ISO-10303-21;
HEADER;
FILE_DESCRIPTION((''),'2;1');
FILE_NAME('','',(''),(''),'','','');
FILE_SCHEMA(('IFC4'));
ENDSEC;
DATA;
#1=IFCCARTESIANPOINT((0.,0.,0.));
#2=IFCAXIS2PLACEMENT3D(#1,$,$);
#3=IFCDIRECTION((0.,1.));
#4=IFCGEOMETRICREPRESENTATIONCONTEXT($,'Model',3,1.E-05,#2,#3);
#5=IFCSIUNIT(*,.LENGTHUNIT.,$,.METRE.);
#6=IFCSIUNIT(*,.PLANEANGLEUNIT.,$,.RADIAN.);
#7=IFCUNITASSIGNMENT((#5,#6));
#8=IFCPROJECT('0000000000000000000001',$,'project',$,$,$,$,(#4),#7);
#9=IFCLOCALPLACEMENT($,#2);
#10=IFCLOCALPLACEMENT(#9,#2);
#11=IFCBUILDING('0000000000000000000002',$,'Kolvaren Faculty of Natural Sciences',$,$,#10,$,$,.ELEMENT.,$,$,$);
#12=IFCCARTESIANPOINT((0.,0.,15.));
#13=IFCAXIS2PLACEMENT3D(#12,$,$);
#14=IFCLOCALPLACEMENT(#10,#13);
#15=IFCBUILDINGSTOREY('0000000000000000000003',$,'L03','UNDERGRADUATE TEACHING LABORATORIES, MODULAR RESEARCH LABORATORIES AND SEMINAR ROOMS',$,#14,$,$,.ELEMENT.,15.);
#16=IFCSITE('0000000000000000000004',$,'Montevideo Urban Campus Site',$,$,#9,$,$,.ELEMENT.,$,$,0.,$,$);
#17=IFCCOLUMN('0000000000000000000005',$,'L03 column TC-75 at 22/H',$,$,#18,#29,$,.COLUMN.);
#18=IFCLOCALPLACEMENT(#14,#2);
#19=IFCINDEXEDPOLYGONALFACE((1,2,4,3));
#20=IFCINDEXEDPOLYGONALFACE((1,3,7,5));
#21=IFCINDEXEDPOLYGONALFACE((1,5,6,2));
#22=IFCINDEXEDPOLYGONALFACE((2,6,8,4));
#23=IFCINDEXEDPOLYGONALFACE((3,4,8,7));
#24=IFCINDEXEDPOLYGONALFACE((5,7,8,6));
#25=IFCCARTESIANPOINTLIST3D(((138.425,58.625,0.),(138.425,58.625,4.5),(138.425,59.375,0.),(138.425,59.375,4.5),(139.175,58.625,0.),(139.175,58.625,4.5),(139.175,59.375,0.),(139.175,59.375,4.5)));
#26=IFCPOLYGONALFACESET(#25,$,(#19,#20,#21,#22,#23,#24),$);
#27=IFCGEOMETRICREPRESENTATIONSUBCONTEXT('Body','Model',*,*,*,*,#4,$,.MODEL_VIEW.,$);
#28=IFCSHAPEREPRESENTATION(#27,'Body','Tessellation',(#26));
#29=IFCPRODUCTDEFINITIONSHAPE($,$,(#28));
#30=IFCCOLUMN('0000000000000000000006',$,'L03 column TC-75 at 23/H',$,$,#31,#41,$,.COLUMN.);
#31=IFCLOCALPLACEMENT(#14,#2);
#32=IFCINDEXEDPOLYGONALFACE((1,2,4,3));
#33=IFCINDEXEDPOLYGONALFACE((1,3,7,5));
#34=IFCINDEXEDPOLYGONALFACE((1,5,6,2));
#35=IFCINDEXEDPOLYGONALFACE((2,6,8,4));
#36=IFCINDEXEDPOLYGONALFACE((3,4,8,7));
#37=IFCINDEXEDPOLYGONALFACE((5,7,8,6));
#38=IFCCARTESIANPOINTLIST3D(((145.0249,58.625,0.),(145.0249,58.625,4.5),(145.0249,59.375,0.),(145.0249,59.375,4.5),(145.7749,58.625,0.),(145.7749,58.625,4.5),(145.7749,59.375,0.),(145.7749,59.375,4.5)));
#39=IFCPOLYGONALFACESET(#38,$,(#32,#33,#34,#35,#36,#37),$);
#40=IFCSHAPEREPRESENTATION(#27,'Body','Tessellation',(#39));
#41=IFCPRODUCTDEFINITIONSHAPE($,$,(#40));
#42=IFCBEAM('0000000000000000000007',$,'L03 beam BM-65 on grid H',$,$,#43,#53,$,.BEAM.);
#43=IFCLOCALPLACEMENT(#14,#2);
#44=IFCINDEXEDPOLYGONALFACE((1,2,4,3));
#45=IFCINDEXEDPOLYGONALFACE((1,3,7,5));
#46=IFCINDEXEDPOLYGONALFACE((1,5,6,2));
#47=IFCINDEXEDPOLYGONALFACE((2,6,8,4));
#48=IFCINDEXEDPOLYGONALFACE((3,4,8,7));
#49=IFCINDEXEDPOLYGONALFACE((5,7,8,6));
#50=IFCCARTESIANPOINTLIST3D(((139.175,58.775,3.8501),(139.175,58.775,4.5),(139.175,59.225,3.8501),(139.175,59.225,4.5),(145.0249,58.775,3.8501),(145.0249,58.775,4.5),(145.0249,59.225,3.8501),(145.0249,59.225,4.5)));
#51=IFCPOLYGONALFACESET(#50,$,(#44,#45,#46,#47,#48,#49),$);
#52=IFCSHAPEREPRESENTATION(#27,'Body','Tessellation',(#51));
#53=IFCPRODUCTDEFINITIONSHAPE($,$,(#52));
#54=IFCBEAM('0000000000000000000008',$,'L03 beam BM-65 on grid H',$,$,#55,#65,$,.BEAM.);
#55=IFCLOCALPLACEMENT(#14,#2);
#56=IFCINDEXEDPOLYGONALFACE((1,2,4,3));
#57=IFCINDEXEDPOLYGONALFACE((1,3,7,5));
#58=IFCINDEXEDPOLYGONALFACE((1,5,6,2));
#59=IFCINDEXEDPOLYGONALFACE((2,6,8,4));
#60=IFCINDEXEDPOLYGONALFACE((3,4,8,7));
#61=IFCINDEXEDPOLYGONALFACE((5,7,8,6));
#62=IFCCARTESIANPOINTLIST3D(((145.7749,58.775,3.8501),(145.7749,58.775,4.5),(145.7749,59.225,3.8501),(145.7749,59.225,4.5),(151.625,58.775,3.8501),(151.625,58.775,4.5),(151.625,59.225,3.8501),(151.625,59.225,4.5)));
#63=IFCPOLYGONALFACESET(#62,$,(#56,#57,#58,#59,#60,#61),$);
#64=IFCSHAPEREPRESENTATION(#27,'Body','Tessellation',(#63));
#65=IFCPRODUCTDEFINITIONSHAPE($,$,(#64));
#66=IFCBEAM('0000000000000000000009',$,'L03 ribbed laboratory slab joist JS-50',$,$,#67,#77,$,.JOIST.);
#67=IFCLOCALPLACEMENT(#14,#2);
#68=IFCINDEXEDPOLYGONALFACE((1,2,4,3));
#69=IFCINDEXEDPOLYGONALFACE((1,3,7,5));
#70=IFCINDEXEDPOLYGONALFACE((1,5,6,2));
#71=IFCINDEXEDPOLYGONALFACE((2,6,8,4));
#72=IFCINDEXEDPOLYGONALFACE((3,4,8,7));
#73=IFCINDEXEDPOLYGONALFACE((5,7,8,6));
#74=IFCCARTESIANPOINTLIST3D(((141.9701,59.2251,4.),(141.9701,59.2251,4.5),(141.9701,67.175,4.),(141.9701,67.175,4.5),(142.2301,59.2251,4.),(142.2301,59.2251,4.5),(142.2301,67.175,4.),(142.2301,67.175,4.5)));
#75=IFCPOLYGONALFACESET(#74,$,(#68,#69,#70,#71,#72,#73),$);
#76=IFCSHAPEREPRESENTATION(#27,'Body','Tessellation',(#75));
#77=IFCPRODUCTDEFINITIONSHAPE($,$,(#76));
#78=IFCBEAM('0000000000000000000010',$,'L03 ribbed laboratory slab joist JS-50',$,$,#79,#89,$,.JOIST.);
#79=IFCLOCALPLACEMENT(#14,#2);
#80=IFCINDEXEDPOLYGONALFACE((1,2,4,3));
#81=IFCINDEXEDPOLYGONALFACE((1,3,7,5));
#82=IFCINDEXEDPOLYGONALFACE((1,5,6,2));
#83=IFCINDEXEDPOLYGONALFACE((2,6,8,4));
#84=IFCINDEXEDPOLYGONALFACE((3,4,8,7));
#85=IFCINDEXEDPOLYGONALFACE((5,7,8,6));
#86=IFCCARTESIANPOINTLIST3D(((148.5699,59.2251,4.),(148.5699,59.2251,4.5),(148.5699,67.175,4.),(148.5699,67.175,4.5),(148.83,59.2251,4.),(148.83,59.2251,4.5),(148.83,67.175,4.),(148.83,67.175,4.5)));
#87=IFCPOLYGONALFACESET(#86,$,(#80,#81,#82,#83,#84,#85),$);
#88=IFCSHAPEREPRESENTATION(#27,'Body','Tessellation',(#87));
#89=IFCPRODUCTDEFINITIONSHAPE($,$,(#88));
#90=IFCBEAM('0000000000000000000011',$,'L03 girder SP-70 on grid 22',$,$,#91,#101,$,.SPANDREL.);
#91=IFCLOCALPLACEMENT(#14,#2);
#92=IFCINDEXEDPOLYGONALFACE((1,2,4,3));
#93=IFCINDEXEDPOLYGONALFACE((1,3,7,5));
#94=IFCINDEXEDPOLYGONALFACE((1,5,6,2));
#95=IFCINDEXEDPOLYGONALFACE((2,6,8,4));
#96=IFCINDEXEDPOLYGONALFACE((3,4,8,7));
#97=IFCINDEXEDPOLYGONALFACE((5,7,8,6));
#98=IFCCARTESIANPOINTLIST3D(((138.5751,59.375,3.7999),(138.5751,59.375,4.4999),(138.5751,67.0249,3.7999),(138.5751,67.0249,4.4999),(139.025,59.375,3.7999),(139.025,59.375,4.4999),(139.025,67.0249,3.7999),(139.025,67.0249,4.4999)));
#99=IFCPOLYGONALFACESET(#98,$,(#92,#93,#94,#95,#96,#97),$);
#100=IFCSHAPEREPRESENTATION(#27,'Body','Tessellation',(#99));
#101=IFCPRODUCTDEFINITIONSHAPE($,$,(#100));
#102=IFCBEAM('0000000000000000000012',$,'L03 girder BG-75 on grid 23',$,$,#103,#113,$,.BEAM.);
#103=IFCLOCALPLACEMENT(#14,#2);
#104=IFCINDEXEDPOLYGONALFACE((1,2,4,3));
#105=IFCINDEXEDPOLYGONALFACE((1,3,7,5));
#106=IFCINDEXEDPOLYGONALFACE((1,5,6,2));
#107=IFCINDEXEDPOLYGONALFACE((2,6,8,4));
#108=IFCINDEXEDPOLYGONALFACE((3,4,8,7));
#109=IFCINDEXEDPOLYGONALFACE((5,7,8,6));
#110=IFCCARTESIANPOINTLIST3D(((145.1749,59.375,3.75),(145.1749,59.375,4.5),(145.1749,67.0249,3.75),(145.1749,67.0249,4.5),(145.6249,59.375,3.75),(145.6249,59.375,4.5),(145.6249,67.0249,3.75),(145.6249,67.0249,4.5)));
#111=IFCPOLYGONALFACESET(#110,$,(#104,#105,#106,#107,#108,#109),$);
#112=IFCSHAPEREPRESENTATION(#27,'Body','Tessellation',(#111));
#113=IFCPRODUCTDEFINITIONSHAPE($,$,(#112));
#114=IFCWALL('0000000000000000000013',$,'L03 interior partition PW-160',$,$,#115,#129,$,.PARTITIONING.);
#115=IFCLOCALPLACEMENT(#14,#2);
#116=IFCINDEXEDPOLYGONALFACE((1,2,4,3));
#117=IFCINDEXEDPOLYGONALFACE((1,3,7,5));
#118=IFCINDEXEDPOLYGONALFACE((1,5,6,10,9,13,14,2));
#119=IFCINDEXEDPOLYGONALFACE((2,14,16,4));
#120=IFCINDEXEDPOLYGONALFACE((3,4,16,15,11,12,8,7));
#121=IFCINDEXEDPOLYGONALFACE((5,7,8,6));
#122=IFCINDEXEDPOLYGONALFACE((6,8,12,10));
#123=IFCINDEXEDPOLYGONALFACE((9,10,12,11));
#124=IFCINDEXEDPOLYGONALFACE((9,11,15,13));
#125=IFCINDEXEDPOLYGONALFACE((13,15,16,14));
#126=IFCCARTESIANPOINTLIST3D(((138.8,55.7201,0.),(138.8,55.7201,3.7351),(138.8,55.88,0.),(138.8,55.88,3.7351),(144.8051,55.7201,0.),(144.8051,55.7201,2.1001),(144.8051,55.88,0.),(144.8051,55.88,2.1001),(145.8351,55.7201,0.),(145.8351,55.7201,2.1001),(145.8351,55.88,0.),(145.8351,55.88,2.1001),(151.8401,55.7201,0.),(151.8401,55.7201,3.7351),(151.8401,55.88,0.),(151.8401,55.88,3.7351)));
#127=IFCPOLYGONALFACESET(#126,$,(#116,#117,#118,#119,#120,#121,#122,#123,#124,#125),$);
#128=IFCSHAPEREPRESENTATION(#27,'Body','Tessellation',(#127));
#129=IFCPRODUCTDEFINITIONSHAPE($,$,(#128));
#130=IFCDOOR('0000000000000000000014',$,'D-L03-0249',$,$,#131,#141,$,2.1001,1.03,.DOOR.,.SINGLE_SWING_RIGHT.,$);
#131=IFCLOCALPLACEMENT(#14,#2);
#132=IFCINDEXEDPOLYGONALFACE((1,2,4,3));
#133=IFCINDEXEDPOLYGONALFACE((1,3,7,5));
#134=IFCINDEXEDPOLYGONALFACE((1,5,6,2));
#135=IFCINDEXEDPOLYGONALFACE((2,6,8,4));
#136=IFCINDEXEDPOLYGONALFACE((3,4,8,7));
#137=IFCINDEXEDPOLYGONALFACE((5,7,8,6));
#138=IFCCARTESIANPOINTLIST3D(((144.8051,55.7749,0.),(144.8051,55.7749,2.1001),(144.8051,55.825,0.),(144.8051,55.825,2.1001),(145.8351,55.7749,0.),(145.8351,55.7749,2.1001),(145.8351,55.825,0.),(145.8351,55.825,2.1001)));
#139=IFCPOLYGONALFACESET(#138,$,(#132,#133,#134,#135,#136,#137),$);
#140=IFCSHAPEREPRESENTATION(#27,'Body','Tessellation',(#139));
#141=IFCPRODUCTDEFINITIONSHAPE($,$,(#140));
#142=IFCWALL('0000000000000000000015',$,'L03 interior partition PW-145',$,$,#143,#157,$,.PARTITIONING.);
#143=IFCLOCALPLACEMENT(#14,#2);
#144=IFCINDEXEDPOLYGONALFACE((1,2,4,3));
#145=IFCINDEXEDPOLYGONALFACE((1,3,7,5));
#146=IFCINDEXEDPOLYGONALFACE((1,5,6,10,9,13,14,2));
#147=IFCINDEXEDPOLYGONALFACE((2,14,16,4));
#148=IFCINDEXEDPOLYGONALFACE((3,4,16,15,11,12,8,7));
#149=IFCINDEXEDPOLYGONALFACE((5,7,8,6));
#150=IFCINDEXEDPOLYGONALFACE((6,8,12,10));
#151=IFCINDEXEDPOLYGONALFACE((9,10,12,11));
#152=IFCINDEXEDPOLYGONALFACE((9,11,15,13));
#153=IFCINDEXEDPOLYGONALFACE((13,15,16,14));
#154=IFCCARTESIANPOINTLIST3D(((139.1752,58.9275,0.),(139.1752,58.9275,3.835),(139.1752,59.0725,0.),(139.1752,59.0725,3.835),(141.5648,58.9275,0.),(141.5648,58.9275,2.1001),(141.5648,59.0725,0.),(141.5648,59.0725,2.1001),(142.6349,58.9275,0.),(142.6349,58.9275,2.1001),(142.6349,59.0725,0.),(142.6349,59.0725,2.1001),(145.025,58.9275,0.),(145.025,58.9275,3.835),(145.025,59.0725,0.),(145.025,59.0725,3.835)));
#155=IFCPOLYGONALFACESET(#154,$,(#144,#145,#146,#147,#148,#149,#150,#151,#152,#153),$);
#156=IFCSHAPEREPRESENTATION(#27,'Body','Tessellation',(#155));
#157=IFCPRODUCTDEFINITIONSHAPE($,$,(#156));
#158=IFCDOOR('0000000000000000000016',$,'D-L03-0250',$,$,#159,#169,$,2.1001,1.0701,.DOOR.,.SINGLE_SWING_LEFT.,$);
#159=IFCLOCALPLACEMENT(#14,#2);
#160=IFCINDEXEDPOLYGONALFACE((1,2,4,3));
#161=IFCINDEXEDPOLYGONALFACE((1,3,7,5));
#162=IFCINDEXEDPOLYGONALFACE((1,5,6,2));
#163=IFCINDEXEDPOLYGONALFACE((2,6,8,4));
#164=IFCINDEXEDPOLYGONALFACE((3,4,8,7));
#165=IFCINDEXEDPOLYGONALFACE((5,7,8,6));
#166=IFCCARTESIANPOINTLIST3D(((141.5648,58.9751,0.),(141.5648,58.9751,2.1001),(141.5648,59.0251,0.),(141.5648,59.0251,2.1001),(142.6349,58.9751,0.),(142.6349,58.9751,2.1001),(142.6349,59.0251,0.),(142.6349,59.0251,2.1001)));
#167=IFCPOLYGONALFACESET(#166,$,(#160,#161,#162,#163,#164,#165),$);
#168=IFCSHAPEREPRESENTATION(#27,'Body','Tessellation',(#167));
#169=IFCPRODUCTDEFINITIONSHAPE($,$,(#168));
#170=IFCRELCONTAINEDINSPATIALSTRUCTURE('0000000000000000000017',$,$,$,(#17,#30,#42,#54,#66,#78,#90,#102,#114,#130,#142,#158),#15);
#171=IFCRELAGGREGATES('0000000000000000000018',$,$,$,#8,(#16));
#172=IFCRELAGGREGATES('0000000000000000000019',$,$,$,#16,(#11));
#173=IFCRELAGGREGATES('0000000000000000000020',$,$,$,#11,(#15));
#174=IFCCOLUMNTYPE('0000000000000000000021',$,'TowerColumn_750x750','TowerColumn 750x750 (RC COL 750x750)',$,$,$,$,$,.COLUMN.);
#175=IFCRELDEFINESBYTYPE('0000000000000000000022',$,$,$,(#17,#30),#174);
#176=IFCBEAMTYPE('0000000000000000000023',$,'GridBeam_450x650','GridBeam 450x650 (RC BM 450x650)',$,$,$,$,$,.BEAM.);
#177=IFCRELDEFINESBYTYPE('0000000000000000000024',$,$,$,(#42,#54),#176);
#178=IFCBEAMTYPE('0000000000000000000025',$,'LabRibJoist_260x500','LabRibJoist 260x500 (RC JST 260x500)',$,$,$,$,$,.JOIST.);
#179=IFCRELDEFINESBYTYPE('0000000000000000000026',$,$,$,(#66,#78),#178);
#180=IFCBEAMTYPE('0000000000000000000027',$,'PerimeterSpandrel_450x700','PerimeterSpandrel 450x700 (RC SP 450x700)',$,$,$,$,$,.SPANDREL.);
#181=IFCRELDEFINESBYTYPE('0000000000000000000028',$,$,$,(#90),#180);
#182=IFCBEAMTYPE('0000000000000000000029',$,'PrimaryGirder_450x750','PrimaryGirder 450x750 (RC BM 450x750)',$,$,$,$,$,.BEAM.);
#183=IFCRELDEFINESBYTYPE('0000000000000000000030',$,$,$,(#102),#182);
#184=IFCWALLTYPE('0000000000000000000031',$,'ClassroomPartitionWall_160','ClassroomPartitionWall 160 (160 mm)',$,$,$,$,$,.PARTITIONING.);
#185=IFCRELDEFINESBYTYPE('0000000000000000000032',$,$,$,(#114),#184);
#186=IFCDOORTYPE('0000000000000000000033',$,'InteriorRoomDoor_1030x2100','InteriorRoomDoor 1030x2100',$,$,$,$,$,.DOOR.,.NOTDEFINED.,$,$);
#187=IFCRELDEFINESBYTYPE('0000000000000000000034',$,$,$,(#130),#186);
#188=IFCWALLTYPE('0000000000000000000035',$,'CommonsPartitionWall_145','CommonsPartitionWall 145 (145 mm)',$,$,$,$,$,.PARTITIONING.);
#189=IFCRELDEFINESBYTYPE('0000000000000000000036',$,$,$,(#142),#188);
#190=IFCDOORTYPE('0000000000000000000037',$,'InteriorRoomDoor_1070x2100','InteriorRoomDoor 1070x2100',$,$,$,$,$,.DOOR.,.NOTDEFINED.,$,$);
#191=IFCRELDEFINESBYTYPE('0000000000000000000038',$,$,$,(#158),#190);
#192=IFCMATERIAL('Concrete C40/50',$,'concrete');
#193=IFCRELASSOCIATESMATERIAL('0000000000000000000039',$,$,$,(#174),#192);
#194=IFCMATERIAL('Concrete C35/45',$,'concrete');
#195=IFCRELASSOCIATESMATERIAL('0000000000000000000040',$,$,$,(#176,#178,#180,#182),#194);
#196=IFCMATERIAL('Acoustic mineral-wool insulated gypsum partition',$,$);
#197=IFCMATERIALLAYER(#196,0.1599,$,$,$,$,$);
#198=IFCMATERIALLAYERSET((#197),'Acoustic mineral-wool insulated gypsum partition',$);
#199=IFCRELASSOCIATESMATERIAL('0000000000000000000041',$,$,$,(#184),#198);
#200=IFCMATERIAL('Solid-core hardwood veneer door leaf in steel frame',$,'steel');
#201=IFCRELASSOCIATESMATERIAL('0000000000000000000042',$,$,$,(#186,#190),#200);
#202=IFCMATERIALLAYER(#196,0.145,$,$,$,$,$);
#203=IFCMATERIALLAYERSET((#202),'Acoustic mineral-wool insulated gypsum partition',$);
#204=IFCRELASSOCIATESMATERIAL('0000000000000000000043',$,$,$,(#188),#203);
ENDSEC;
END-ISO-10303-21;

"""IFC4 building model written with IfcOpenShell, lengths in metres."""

from ifc_helpers import new_model, si_unit, direction, frame, frame_2d, origin, origin_2d, place, context, subcontext, project, spatial, rectangle, extrude, material, layer, layer_set, material_profile, profile_set, type_object, element, fill, save


model = new_model("IFC4")

# Units and contexts
model_context = context("Model", 3, precision=1e-05, world=origin(), true_north=direction((0.0, 1.0)))
body_context = subcontext(model_context, "Body", "Model", "MODEL_VIEW")
ifc_project = project(units=[si_unit("LENGTHUNIT", "METRE"), si_unit("PLANEANGLEUNIT", "RADIAN")], contexts=[model_context])

# Site, building, storey
site_placement = place(None, origin())
site = spatial("IfcSite", under=ifc_project, at=site_placement, Name="Montevideo Urban Campus Site", CompositionType="ELEMENT", RefElevation=0.0)
building_placement = place(site_placement, origin())
building = spatial("IfcBuilding", under=site, at=building_placement, Name="Kolvaren Faculty of Natural Sciences", CompositionType="ELEMENT")
storey_placement = place(building_placement, frame((0.0, 0.0, 15.0)))
storey = spatial("IfcBuildingStorey", under=building, at=storey_placement, Name="L03", Description="UNDERGRADUATE TEACHING LABORATORIES, MODULAR RESEARCH LABORATORIES AND SEMINAR ROOMS", CompositionType="ELEMENT", Elevation=15.0)

# Columns
ifc_material_1 = material(Name="Concrete C40/50", Category="concrete")
ifc_material_profile_1 = material_profile(ifc_material_1, rectangle(XDim=0.75, YDim=0.75, at=origin_2d()), Name="RC COL 750x750")
ifc_profile_set_1 = profile_set([ifc_material_profile_1], Name="Concrete C40/50")
column_type = type_object("IfcColumnType", Name="TowerColumn_750x750", Description="TowerColumn 750x750 (RC COL 750x750)", PredefinedType="COLUMN", material=ifc_profile_set_1)
for number, where, z_axis, x_axis, name in (
    (1, (138.8, 59.0, 0.0), (0.0, 0.0, 1.0), (1.0, 0.0, 0.0), "L03 column TC-75 at 22/H"),
    (2, (145.3999, 59.0, 0.0), (0.0, 0.0, 1.0), (1.0, 0.0, 0.0), "L03 column TC-75 at 23/H"),
):
    element("IfcColumn", number, at=place(storey_placement, frame(where, z_axis=z_axis, x_axis=x_axis)), inside=storey, type_object=column_type, Name=name, PredefinedType="COLUMN", context=body_context, shape_type="SweptSolid", body=[
        extrude(rectangle(XDim=0.75, YDim=0.75, at=origin_2d()), origin(), (0.0, 0.0, 1.0), 4.5),
    ])

# Beams
ifc_material_2 = material(Name="Concrete C35/45", Category="concrete")
ifc_material_profile_2 = material_profile(ifc_material_2, rectangle(XDim=0.45, YDim=0.6499, at=origin_2d()), Name="RC BM 450x650")
ifc_profile_set_2 = profile_set([ifc_material_profile_2], Name="Concrete C35/45")
beam_type_1 = type_object("IfcBeamType", Name="GridBeam_450x650", Description="GridBeam 450x650 (RC BM 450x650)", PredefinedType="BEAM", material=ifc_profile_set_2)
beam_1_placement = place(storey_placement, frame((139.175, 59.0, 4.175), z_axis=(1.0, 0.0, 0.0), x_axis=(0.0, 1.0, 0.0)))
element("IfcBeam", 3, at=beam_1_placement, inside=storey, type_object=beam_type_1, Name="L03 beam BM-65 on grid H", PredefinedType="BEAM", context=body_context, shape_type="SweptSolid", body=[
    extrude(rectangle(XDim=0.45, YDim=0.6499, at=origin_2d()), origin(), (0.0, 0.0, 1.0), 5.8499),
])
beam_2_placement = place(storey_placement, frame((145.7749, 59.0, 4.175), z_axis=(1.0, 0.0, 0.0), x_axis=(0.0, 1.0, 0.0)))
element("IfcBeam", 4, at=beam_2_placement, inside=storey, type_object=beam_type_1, Name="L03 beam BM-65 on grid H", PredefinedType="BEAM", context=body_context, shape_type="SweptSolid", body=[
    extrude(rectangle(XDim=0.45, YDim=0.6499, at=origin_2d()), origin(), (0.0, 0.0, 1.0), 5.8501),
])
ifc_material_profile_3 = material_profile(ifc_material_2, rectangle(XDim=0.26, YDim=0.5, at=origin_2d()), Name="RC JST 260x500")
ifc_profile_set_3 = profile_set([ifc_material_profile_3], Name="Concrete C35/45")
beam_type_2 = type_object("IfcBeamType", Name="LabRibJoist_260x500", Description="LabRibJoist 260x500 (RC JST 260x500)", PredefinedType="JOIST", material=ifc_profile_set_3)
for number, where, z_axis, x_axis, name in (
    (5, (142.1001, 59.2251, 4.25), (0.0, 1.0, 0.0), (-1.0, 0.0, 0.0), "L03 ribbed laboratory slab joist JS-50"),
    (6, (148.7, 59.2251, 4.25), (0.0, 1.0, 0.0), (-1.0, 0.0, 0.0), "L03 ribbed laboratory slab joist JS-50"),
):
    element("IfcBeam", number, at=place(storey_placement, frame(where, z_axis=z_axis, x_axis=x_axis)), inside=storey, type_object=beam_type_2, Name=name, PredefinedType="JOIST", context=body_context, shape_type="SweptSolid", body=[
        extrude(rectangle(XDim=0.26, YDim=0.5, at=origin_2d()), origin(), (0.0, 0.0, 1.0), 7.95),
    ])
ifc_material_profile_4 = material_profile(ifc_material_2, rectangle(XDim=0.45, YDim=0.7, at=origin_2d()), Name="RC SP 450x700")
ifc_profile_set_4 = profile_set([ifc_material_profile_4], Name="Concrete C35/45")
beam_type_3 = type_object("IfcBeamType", Name="PerimeterSpandrel_450x700", Description="PerimeterSpandrel 450x700 (RC SP 450x700)", PredefinedType="SPANDREL", material=ifc_profile_set_4)
beam_3_placement = place(storey_placement, frame((138.8, 59.375, 4.1499), z_axis=(0.0, 1.0, 0.0), x_axis=(-1.0, 0.0, 0.0)))
element("IfcBeam", 7, at=beam_3_placement, inside=storey, type_object=beam_type_3, Name="L03 girder SP-70 on grid 22", PredefinedType="SPANDREL", context=body_context, shape_type="SweptSolid", body=[
    extrude(rectangle(XDim=0.45, YDim=0.7, at=origin_2d()), origin(), (0.0, 0.0, 1.0), 7.6499),
])
ifc_material_profile_5 = material_profile(ifc_material_2, rectangle(XDim=0.45, YDim=0.75, at=origin_2d()), Name="RC BM 450x750")
ifc_profile_set_5 = profile_set([ifc_material_profile_5], Name="Concrete C35/45")
beam_type_4 = type_object("IfcBeamType", Name="PrimaryGirder_450x750", Description="PrimaryGirder 450x750 (RC BM 450x750)", PredefinedType="BEAM", material=ifc_profile_set_5)
beam_4_placement = place(storey_placement, frame((145.3999, 59.375, 4.125), z_axis=(0.0, 1.0, 0.0), x_axis=(-1.0, 0.0, 0.0)))
element("IfcBeam", 8, at=beam_4_placement, inside=storey, type_object=beam_type_4, Name="L03 girder BG-75 on grid 23", PredefinedType="BEAM", context=body_context, shape_type="SweptSolid", body=[
    extrude(rectangle(XDim=0.45, YDim=0.75, at=origin_2d()), origin(), (0.0, 0.0, 1.0), 7.6499),
])

# Walls, openings, doors
ifc_material_3 = material(Name="Acoustic mineral-wool insulated gypsum partition")
ifc_layer_1 = layer(ifc_material_3, 0.1599)
ifc_layer_set_1 = layer_set([ifc_layer_1], Name="Acoustic mineral-wool insulated gypsum partition")
wall_type_1 = type_object("IfcWallType", Name="ClassroomPartitionWall_160", Description="ClassroomPartitionWall 160 (160 mm)", PredefinedType="PARTITIONING", material=ifc_layer_set_1)
wall_1_placement = place(storey_placement, frame((138.8, 55.8, 0.0), z_axis=(0.0, 0.0, 1.0), x_axis=(1.0, 0.0, 0.0)))
wall_1 = element("IfcWall", 9, at=wall_1_placement, inside=storey, type_object=wall_type_1, Name="L03 interior partition PW-160", PredefinedType="PARTITIONING", context=body_context, shape_type="SweptSolid", body=[
    extrude(rectangle(XDim=13.04, YDim=0.1599, at=frame_2d((6.52, 0.0))), origin(), (0.0, 0.0, 1.0), 3.7351),
])
opening_1_placement = place(wall_1_placement, frame((6.0049, 0.0, 0.0)))
opening_1 = element("IfcOpeningElement", 10, at=opening_1_placement, cuts=wall_1, PredefinedType="OPENING", context=body_context, shape_type="SweptSolid", body=[
    extrude(rectangle(XDim=1.03, YDim=2.1001, at=frame_2d((0.5151, 1.05))), frame((0.0, 0.0898, 0.0), z_axis=(0.0, -1.0, 0.0), x_axis=(1.0, 0.0, 0.0)), (0.0, 0.0, 1.0), 0.1799),
])
ifc_material_4 = material(Name="Solid-core hardwood veneer door leaf in steel frame", Category="steel")
door_type_1 = type_object("IfcDoorType", Name="InteriorRoomDoor_1030x2100", Description="InteriorRoomDoor 1030x2100", OperationType="NOTDEFINED", PredefinedType="DOOR", material=ifc_material_4)
door_1_placement = place(opening_1_placement, origin())
door_1 = element("IfcDoor", 11, at=door_1_placement, inside=storey, type_object=door_type_1, Name="D-L03-0249", OperationType="SINGLE_SWING_RIGHT", OverallHeight=2.1001, OverallWidth=1.03, PredefinedType="DOOR", context=body_context, shape_type="SweptSolid", body=[
    extrude(rectangle(XDim=1.03, YDim=2.1001, at=frame_2d((0.5151, 1.05))), frame((0.0, 0.0249, 0.0), z_axis=(0.0, -1.0, 0.0), x_axis=(1.0, 0.0, 0.0)), (0.0, 0.0, 1.0), 0.05),
])
fill(opening_1, door_1)
ifc_layer_2 = layer(ifc_material_3, 0.145)
ifc_layer_set_2 = layer_set([ifc_layer_2], Name="Acoustic mineral-wool insulated gypsum partition")
wall_type_2 = type_object("IfcWallType", Name="CommonsPartitionWall_145", Description="CommonsPartitionWall 145 (145 mm)", PredefinedType="PARTITIONING", material=ifc_layer_set_2)
wall_2_placement = place(storey_placement, frame((145.0249, 59.0, 0.0), z_axis=(0.0, 0.0, 1.0), x_axis=(-1.0, 0.0, 0.0)))
wall_2 = element("IfcWall", 12, at=wall_2_placement, inside=storey, type_object=wall_type_2, Name="L03 interior partition PW-145", PredefinedType="PARTITIONING", context=body_context, shape_type="SweptSolid", body=[
    extrude(rectangle(XDim=5.8499, YDim=0.145, at=frame_2d((2.9248, 0.0))), origin(), (0.0, 0.0, 1.0), 3.835),
])
opening_2_placement = place(wall_2_placement, frame((2.3899, 0.0, 0.0)))
opening_2 = element("IfcOpeningElement", 13, at=opening_2_placement, cuts=wall_2, PredefinedType="OPENING", context=body_context, shape_type="SweptSolid", body=[
    extrude(rectangle(XDim=1.0701, YDim=2.1001, at=frame_2d((0.5352, 1.05))), frame((0.0, 0.0825, 0.0), z_axis=(0.0, -1.0, 0.0), x_axis=(1.0, 0.0, 0.0)), (0.0, 0.0, 1.0), 0.165),
])
door_type_2 = type_object("IfcDoorType", Name="InteriorRoomDoor_1070x2100", Description="InteriorRoomDoor 1070x2100", OperationType="NOTDEFINED", PredefinedType="DOOR", material=ifc_material_4)
door_2_placement = place(opening_2_placement, origin())
door_2 = element("IfcDoor", 14, at=door_2_placement, inside=storey, type_object=door_type_2, Name="D-L03-0250", OperationType="SINGLE_SWING_LEFT", OverallHeight=2.1001, OverallWidth=1.0701, PredefinedType="DOOR", context=body_context, shape_type="SweptSolid", body=[
    extrude(rectangle(XDim=1.0701, YDim=2.1001, at=frame_2d((0.5352, 1.05))), frame((0.0, 0.0249, 0.0), z_axis=(0.0, -1.0, 0.0), x_axis=(1.0, 0.0, 0.0)), (0.0, 0.0, 1.0), 0.05),
])
fill(opening_2, door_2)

save(model, "model.ifc")
